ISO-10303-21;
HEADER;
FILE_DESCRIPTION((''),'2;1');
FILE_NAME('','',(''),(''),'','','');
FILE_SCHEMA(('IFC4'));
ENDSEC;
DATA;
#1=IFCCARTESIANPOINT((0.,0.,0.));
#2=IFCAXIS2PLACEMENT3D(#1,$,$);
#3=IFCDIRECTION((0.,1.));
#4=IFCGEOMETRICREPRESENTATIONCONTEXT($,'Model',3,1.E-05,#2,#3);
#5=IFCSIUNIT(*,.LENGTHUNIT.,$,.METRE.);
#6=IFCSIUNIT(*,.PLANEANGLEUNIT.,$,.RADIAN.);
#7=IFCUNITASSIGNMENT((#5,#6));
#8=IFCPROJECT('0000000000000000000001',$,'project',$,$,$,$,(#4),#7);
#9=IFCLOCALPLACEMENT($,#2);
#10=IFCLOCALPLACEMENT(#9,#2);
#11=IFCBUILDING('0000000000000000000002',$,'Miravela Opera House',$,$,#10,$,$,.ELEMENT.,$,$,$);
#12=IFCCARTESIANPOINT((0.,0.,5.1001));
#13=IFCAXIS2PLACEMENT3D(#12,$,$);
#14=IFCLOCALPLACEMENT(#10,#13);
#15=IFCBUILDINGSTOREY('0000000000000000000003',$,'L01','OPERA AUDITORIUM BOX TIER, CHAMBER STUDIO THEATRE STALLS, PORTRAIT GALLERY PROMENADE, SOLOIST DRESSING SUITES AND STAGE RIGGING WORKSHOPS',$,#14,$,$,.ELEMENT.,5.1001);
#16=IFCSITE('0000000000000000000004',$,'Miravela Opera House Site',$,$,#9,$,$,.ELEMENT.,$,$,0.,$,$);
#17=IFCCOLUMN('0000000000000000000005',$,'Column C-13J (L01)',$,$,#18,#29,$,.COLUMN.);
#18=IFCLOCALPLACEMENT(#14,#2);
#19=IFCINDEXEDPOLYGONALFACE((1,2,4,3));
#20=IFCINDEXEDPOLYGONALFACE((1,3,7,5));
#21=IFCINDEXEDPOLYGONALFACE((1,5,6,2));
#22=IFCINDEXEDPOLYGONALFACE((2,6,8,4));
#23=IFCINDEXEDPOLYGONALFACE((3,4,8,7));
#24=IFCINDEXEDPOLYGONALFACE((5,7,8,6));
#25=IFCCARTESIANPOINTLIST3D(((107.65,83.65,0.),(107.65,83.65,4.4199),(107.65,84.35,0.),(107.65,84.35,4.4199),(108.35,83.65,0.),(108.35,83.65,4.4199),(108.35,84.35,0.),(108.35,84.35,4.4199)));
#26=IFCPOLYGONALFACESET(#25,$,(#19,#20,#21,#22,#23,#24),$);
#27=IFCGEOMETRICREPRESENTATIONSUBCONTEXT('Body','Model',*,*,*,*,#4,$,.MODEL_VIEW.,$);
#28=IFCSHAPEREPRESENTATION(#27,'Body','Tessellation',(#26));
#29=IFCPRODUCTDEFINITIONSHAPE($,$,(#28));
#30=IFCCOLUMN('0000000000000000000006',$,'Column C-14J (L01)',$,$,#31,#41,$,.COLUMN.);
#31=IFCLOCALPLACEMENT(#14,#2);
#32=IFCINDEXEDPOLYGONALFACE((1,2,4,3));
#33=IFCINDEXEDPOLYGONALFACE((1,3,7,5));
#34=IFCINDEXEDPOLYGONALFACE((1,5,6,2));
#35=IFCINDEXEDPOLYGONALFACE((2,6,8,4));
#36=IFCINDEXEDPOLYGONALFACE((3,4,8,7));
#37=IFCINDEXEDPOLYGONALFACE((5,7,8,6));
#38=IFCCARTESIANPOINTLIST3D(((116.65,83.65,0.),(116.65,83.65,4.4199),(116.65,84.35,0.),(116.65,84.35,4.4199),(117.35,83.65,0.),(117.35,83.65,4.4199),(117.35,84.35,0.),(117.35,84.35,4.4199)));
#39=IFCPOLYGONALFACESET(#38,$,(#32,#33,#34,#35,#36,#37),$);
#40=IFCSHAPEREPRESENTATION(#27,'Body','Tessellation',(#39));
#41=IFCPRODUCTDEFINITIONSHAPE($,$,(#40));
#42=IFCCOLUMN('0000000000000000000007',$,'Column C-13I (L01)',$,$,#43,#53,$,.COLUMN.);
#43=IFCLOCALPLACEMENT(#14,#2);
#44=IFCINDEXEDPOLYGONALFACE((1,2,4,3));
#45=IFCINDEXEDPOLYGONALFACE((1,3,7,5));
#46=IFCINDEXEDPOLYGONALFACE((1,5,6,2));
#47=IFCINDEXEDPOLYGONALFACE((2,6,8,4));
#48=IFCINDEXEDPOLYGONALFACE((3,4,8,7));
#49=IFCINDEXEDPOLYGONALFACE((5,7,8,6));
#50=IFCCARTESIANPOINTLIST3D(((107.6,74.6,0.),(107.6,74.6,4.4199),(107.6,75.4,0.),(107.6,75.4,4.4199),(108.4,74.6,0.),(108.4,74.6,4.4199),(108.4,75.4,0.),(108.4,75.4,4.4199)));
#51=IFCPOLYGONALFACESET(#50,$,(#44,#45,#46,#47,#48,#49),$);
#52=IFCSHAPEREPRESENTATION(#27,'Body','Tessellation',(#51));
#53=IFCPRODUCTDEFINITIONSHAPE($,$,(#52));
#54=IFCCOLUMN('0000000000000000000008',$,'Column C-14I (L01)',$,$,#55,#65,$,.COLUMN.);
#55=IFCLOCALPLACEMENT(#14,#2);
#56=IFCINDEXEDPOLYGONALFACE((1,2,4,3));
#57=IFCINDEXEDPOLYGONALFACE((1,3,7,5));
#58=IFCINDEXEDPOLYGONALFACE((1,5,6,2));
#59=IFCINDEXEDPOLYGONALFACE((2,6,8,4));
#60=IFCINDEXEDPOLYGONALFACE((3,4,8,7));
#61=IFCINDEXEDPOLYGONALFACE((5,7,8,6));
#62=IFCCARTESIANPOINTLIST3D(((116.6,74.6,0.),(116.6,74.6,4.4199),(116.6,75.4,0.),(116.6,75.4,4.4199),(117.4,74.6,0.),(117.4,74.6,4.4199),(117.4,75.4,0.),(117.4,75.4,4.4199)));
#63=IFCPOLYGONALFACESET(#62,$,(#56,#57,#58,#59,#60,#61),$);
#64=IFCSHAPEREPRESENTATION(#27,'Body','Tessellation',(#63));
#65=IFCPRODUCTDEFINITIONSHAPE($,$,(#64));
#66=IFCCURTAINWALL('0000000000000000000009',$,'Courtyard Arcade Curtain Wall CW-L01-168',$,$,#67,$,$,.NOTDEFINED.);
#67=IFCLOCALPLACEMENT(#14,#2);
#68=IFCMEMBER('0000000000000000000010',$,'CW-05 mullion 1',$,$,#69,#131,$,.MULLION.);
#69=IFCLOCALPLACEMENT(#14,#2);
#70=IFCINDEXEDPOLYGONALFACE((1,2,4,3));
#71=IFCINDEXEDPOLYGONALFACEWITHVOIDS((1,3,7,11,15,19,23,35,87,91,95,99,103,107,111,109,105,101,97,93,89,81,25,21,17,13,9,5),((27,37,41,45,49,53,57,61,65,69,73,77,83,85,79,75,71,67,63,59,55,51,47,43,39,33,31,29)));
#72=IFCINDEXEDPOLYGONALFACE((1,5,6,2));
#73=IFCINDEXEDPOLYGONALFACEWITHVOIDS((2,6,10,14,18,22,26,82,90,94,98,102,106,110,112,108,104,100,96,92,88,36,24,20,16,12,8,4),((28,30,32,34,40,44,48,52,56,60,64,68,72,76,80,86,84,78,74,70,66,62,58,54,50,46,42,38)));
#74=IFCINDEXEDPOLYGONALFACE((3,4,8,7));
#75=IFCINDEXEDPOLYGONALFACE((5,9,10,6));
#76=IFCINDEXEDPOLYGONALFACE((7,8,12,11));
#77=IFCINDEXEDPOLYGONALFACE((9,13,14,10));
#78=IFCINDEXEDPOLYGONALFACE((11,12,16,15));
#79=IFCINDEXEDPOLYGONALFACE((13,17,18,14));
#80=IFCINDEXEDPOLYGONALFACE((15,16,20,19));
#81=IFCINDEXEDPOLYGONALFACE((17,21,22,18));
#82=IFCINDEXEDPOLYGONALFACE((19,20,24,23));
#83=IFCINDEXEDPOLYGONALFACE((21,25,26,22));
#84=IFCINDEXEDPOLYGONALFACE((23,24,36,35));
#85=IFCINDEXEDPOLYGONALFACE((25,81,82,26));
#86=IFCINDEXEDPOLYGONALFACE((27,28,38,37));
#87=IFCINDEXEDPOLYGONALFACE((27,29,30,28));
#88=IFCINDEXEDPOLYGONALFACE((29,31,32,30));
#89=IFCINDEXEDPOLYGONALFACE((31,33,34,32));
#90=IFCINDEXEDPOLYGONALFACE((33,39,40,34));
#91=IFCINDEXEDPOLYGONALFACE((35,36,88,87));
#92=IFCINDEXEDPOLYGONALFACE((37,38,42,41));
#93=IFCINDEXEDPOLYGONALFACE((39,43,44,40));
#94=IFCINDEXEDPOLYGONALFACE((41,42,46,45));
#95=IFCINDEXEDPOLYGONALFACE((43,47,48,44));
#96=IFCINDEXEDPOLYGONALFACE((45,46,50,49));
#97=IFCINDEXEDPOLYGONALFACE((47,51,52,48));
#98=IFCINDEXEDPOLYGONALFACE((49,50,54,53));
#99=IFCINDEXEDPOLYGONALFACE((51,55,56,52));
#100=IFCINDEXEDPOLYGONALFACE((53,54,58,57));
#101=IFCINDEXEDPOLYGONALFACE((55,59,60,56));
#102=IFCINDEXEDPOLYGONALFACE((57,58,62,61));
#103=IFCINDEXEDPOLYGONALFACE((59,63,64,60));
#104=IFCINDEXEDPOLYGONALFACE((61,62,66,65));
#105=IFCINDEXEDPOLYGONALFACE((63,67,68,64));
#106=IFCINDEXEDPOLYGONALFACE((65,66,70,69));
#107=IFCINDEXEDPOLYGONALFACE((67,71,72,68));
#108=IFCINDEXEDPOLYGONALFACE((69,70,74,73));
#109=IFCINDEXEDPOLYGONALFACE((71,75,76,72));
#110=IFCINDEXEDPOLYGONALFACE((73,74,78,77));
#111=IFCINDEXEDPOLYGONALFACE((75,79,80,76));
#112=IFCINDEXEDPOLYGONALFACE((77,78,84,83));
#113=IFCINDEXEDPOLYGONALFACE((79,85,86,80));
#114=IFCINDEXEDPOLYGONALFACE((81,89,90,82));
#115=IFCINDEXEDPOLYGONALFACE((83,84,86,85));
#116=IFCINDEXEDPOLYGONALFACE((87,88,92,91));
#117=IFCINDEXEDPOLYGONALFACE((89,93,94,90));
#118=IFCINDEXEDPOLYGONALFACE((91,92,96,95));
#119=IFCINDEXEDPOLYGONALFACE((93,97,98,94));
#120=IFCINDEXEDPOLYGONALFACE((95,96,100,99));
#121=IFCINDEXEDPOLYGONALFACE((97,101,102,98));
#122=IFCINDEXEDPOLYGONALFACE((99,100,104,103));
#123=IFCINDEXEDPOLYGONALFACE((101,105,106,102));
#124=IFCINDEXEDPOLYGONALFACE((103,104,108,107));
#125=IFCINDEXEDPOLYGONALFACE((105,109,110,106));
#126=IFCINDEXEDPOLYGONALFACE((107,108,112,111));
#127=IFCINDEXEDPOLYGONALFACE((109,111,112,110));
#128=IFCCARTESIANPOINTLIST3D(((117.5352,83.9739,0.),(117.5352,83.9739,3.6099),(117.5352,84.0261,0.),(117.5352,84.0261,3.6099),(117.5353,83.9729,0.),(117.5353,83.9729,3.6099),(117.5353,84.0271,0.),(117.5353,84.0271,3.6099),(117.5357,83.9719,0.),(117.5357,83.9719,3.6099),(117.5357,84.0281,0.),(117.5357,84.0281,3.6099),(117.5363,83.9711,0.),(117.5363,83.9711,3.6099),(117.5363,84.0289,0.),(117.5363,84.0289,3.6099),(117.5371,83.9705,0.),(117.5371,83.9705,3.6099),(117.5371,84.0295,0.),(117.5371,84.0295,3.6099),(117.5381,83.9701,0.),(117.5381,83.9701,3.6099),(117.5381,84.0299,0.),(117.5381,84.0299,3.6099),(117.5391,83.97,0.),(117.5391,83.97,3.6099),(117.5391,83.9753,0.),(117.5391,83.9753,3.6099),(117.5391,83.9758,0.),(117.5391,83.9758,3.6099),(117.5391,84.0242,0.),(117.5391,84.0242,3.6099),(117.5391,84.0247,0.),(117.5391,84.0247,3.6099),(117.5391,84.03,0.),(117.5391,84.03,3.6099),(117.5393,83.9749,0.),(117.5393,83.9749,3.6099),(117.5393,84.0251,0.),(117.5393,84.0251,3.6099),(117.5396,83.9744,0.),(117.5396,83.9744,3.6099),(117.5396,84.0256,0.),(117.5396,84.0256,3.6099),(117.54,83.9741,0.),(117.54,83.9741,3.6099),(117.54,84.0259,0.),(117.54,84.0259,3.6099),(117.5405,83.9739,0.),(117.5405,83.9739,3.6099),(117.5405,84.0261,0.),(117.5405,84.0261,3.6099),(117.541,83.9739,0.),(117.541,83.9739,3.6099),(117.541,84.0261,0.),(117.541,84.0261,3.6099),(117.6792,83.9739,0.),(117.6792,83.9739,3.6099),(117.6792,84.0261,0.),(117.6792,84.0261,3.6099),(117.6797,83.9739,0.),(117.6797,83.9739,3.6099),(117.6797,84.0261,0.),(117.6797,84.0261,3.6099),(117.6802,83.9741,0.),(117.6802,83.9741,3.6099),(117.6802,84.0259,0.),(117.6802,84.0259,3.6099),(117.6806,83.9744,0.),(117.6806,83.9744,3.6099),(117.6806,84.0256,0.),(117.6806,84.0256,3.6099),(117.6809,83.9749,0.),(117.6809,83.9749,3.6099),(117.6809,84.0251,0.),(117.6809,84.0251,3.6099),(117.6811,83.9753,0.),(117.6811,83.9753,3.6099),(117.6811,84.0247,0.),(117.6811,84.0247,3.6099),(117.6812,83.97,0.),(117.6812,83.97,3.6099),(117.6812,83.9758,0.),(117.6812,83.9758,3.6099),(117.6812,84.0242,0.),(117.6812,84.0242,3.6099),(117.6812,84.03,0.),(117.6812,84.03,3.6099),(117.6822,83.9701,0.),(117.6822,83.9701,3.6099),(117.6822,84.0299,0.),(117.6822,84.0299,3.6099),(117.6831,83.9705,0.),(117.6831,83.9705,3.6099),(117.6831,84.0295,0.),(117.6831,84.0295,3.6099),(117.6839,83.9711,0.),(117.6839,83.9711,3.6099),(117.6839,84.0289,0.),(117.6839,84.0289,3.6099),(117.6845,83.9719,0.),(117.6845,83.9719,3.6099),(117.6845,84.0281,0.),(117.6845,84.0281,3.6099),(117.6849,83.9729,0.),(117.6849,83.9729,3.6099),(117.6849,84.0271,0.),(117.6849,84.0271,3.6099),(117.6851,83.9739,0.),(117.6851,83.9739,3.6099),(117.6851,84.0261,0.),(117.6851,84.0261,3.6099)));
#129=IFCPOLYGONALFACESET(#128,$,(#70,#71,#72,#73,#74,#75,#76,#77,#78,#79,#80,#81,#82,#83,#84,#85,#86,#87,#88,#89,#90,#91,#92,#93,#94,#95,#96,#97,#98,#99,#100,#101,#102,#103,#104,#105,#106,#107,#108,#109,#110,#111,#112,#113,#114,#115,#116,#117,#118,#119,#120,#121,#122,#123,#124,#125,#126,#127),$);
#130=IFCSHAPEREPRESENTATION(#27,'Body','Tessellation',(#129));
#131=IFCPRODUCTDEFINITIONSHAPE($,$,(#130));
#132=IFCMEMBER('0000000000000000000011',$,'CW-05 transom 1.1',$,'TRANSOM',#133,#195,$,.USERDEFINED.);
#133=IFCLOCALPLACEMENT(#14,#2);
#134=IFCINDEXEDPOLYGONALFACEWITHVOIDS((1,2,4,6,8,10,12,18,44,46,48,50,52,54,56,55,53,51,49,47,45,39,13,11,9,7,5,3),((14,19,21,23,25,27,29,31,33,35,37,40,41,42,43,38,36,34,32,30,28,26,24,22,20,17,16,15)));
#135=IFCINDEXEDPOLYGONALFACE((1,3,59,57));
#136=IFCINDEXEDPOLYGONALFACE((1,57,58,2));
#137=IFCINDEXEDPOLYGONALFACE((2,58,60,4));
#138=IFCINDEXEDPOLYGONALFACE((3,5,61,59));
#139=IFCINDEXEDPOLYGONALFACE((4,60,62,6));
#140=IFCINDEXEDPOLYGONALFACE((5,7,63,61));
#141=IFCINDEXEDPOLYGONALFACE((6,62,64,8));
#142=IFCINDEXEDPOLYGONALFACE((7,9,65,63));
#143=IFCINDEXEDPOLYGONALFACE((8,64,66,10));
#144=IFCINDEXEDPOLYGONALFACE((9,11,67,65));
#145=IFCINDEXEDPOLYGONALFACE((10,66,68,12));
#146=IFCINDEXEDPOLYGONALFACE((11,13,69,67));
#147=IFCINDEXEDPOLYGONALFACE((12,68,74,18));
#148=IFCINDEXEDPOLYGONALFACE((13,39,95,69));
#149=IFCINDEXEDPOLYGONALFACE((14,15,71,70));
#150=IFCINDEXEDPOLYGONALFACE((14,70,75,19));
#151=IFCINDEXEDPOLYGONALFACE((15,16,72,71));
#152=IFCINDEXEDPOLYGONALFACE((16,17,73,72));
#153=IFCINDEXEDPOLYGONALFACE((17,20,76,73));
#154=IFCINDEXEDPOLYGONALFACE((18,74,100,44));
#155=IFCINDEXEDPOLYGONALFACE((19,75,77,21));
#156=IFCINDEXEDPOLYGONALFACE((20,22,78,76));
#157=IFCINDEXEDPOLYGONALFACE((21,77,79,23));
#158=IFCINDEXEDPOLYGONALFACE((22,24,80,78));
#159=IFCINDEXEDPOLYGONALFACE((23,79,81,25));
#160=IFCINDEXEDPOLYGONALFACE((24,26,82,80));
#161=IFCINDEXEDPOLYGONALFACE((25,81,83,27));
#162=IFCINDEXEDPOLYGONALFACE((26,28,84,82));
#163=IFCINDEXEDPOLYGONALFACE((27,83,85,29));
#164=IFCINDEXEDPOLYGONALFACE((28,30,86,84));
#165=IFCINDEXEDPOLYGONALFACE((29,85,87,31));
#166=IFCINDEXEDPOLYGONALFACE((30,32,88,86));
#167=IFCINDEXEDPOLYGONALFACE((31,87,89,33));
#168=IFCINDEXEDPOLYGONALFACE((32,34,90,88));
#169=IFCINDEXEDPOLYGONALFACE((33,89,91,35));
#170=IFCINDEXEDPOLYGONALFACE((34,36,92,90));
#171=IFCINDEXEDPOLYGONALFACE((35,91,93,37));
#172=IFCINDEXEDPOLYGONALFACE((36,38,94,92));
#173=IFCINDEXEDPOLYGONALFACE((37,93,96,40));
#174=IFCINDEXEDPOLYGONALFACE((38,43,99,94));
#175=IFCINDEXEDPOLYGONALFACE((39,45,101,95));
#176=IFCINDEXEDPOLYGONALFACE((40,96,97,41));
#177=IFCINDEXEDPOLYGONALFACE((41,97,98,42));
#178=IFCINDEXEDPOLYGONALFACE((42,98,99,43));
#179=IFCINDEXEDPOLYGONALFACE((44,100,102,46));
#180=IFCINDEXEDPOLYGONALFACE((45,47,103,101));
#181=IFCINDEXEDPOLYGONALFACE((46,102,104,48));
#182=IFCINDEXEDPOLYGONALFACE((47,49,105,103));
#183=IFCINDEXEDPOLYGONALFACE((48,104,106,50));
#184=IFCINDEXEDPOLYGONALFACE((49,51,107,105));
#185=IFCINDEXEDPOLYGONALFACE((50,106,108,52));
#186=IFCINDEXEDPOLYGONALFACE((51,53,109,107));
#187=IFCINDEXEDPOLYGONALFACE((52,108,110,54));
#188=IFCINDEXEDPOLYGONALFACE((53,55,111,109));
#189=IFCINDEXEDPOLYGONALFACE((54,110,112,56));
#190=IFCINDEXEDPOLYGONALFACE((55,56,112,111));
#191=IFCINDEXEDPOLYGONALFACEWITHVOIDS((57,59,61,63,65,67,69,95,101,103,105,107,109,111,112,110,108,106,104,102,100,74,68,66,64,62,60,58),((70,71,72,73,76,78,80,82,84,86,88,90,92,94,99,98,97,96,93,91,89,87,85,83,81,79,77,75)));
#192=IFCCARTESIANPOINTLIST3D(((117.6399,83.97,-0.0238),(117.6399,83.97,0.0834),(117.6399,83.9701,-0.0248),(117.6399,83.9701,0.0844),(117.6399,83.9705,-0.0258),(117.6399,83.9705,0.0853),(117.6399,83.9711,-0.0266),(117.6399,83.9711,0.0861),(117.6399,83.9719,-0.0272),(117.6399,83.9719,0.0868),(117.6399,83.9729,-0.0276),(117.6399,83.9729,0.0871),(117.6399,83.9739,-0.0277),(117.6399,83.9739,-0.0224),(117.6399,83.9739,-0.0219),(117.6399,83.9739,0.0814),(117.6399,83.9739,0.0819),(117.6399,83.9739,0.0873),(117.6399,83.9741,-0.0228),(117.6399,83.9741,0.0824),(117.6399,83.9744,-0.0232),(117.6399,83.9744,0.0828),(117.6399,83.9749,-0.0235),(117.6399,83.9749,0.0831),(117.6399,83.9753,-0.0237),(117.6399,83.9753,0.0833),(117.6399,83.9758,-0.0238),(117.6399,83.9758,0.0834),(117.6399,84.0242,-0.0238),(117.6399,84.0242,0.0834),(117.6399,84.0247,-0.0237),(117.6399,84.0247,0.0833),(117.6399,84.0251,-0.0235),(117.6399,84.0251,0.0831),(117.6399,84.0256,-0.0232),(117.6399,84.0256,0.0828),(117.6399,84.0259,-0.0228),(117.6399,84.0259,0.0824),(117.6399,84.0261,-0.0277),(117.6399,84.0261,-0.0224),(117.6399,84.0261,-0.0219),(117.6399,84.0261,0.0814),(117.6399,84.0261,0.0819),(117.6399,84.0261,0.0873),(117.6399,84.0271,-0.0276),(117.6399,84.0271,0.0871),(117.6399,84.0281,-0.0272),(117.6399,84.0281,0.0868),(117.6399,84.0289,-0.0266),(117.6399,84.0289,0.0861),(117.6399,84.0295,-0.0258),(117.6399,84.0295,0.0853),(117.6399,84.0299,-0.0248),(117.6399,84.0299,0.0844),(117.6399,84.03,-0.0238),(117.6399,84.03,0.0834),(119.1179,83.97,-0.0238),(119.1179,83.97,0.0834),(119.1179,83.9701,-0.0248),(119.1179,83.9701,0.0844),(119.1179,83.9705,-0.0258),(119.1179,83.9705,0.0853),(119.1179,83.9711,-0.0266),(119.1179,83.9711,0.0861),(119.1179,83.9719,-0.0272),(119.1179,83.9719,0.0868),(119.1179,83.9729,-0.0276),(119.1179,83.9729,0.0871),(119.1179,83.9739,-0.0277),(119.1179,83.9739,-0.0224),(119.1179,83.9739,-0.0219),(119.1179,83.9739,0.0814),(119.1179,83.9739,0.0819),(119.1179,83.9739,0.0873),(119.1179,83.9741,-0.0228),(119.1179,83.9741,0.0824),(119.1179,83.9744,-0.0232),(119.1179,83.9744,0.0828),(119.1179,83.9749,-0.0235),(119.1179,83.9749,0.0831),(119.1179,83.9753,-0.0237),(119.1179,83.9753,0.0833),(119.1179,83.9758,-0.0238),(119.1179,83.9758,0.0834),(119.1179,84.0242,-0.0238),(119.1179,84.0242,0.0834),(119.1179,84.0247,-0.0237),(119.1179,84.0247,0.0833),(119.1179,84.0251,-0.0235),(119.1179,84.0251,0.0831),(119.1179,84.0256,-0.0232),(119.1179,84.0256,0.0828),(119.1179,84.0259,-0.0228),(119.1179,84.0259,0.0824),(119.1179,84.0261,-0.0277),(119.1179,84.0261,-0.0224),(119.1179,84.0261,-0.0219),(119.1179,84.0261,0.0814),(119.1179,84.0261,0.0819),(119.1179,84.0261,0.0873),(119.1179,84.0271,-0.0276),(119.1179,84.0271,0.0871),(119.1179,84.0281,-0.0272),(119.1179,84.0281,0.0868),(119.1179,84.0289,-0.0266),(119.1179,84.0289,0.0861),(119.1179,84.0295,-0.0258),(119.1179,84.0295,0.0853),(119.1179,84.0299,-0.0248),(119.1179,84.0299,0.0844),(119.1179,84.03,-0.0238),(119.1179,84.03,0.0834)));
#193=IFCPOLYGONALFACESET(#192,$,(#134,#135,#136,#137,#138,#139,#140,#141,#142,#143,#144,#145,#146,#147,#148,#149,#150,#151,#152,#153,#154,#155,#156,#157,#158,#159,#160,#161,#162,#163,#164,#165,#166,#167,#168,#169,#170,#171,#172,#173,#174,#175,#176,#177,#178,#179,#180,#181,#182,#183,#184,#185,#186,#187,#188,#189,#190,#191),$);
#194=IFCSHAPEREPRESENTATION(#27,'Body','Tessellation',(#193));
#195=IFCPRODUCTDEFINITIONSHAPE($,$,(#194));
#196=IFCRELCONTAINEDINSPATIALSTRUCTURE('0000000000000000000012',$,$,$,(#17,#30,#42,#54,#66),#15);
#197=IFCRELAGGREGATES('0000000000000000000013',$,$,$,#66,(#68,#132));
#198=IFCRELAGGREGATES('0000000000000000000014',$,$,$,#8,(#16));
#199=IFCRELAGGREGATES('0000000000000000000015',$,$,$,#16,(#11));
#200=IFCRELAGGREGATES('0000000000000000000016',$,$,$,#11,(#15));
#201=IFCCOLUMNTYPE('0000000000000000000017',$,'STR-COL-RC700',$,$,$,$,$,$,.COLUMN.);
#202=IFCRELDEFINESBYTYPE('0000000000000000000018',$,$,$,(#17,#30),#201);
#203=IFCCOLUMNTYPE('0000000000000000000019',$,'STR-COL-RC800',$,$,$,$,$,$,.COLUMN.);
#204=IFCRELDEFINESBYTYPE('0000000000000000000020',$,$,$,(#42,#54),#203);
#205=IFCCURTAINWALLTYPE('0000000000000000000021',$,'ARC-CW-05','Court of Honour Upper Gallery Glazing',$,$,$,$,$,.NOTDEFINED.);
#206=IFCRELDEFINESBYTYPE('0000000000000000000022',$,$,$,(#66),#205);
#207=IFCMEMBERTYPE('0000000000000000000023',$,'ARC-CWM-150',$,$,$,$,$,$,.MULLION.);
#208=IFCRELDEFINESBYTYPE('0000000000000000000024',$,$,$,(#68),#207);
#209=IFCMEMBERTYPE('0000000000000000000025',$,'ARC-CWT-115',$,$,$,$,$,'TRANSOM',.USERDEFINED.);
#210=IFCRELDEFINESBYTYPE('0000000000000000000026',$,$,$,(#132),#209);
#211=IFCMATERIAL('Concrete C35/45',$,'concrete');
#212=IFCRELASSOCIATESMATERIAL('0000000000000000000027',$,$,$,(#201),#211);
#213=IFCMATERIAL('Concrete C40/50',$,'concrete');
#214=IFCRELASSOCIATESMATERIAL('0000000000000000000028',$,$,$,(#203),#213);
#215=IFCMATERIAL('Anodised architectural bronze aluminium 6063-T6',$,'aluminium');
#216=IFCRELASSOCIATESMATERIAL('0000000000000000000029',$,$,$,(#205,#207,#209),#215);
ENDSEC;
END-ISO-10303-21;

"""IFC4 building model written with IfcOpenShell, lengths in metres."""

from ifc_helpers import new_model, si_unit, direction, frame, origin, origin_2d, place, context, subcontext, project, spatial, rectangle, hollow_rectangle, extrude, material, material_profile, profile_set, type_object, element, aggregate, save


model = new_model("IFC4")

# Units and contexts
model_context = context("Model", 3, precision=1e-05, world=origin(), true_north=direction((0.0, 1.0)))
body_context = subcontext(model_context, "Body", "Model", "MODEL_VIEW")
ifc_project = project(units=[si_unit("LENGTHUNIT", "METRE"), si_unit("PLANEANGLEUNIT", "RADIAN")], contexts=[model_context])

# Site, building, storey
site_placement = place(None, origin())
site = spatial("IfcSite", under=ifc_project, at=site_placement, Name="Miravela Opera House Site", CompositionType="ELEMENT", RefElevation=0.0)
building_placement = place(site_placement, origin())
building = spatial("IfcBuilding", under=site, at=building_placement, Name="Miravela Opera House", CompositionType="ELEMENT")
storey_placement = place(building_placement, frame((0.0, 0.0, 5.1001)))
storey = spatial("IfcBuildingStorey", under=building, at=storey_placement, Name="L01", Description="OPERA AUDITORIUM BOX TIER, CHAMBER STUDIO THEATRE STALLS, PORTRAIT GALLERY PROMENADE, SOLOIST DRESSING SUITES AND STAGE RIGGING WORKSHOPS", CompositionType="ELEMENT", Elevation=5.1001)

# Columns
ifc_material_1 = material(Name="Concrete C35/45", Category="concrete")
ifc_material_profile_1 = material_profile(ifc_material_1, rectangle(XDim=0.7, YDim=0.7, at=origin_2d()), Name="RC-COL-700X700")
ifc_profile_set_1 = profile_set([ifc_material_profile_1])
column_type_1 = type_object("IfcColumnType", Name="STR-COL-RC700", PredefinedType="COLUMN", material=ifc_profile_set_1)
for number, where, z_axis, x_axis, name in (
    (1, (108.0, 84.0, 0.0), (0.0, 0.0, 1.0), (1.0, 0.0, 0.0), "Column C-13J (L01)"),
    (2, (117.0, 84.0, 0.0), (0.0, 0.0, 1.0), (1.0, 0.0, 0.0), "Column C-14J (L01)"),
):
    element("IfcColumn", number, at=place(storey_placement, frame(where, z_axis=z_axis, x_axis=x_axis)), inside=storey, type_object=column_type_1, Name=name, PredefinedType="COLUMN", context=body_context, shape_type="SweptSolid", body=[
        extrude(rectangle(XDim=0.7, YDim=0.7, at=origin_2d()), origin(), (0.0, 0.0, 1.0), 4.4199),
    ])
ifc_material_2 = material(Name="Concrete C40/50", Category="concrete")
ifc_material_profile_2 = material_profile(ifc_material_2, rectangle(XDim=0.8, YDim=0.8, at=origin_2d()), Name="RC-COL-800X800")
ifc_profile_set_2 = profile_set([ifc_material_profile_2])
column_type_2 = type_object("IfcColumnType", Name="STR-COL-RC800", PredefinedType="COLUMN", material=ifc_profile_set_2)
for number, where, z_axis, x_axis, name in (
    (3, (108.0, 75.0, 0.0), (0.0, 0.0, 1.0), (1.0, 0.0, 0.0), "Column C-13I (L01)"),
    (4, (117.0, 75.0, 0.0), (0.0, 0.0, 1.0), (1.0, 0.0, 0.0), "Column C-14I (L01)"),
):
    element("IfcColumn", number, at=place(storey_placement, frame(where, z_axis=z_axis, x_axis=x_axis)), inside=storey, type_object=column_type_2, Name=name, PredefinedType="COLUMN", context=body_context, shape_type="SweptSolid", body=[
        extrude(rectangle(XDim=0.8, YDim=0.8, at=origin_2d()), origin(), (0.0, 0.0, 1.0), 4.4199),
    ])

# Curtain wall, members
ifc_material_3 = material(Name="Anodised architectural bronze aluminium 6063-T6", Category="aluminium")
curtain_wall_type = type_object("IfcCurtainWallType", Name="ARC-CW-05", Description="Court of Honour Upper Gallery Glazing", PredefinedType="NOTDEFINED", material=ifc_material_3)
curtain_wall_placement = place(storey_placement, origin())
curtain_wall = element("IfcCurtainWall", 5, at=curtain_wall_placement, inside=storey, type_object=curtain_wall_type, Name="Courtyard Arcade Curtain Wall CW-L01-168", PredefinedType="NOTDEFINED")
ifc_material_profile_3 = material_profile(ifc_material_3, hollow_rectangle(XDim=0.0601, YDim=0.1499, WallThickness=0.0039, InnerFilletRadius=0.002, OuterFilletRadius=0.0039, at=origin_2d()), Name="CWM-60X150")
ifc_profile_set_3 = profile_set([ifc_material_profile_3])
member_type_1 = type_object("IfcMemberType", Name="ARC-CWM-150", PredefinedType="MULLION", material=ifc_profile_set_3)
member_1_placement = place(storey_placement, frame((117.6101, 84.0, 0.0), z_axis=(0.0, 0.0, 1.0), x_axis=(0.0, 1.0, 0.0)))
member_1 = element("IfcMember", 6, at=member_1_placement, type_object=member_type_1, Name="CW-05 mullion 1", PredefinedType="MULLION", context=body_context, shape_type="SweptSolid", body=[
    extrude(hollow_rectangle(XDim=0.0601, YDim=0.1499, WallThickness=0.0039, InnerFilletRadius=0.002, OuterFilletRadius=0.0039, at=origin_2d()), origin(), (0.0, 0.0, 1.0), 3.6099),
])
ifc_material_profile_4 = material_profile(ifc_material_3, hollow_rectangle(XDim=0.0601, YDim=0.115, WallThickness=0.0039, InnerFilletRadius=0.002, OuterFilletRadius=0.0039, at=origin_2d()), Name="CWT-60X115")
ifc_profile_set_4 = profile_set([ifc_material_profile_4])
member_type_2 = type_object("IfcMemberType", Name="ARC-CWT-115", ElementType="TRANSOM", PredefinedType="USERDEFINED", material=ifc_profile_set_4)
member_2_placement = place(storey_placement, frame((117.6399, 84.0, 0.0298), z_axis=(1.0, 0.0, 0.0), x_axis=(0.0, 1.0, 0.0)))
member_2 = element("IfcMember", 7, at=member_2_placement, type_object=member_type_2, Name="CW-05 transom 1.1", ObjectType="TRANSOM", PredefinedType="USERDEFINED", context=body_context, shape_type="SweptSolid", body=[
    extrude(hollow_rectangle(XDim=0.0601, YDim=0.115, WallThickness=0.0039, InnerFilletRadius=0.002, OuterFilletRadius=0.0039, at=origin_2d()), origin(), (0.0, 0.0, 1.0), 1.478),
])
aggregate(curtain_wall, [member_1, member_2])

save(model, "model.ifc")
